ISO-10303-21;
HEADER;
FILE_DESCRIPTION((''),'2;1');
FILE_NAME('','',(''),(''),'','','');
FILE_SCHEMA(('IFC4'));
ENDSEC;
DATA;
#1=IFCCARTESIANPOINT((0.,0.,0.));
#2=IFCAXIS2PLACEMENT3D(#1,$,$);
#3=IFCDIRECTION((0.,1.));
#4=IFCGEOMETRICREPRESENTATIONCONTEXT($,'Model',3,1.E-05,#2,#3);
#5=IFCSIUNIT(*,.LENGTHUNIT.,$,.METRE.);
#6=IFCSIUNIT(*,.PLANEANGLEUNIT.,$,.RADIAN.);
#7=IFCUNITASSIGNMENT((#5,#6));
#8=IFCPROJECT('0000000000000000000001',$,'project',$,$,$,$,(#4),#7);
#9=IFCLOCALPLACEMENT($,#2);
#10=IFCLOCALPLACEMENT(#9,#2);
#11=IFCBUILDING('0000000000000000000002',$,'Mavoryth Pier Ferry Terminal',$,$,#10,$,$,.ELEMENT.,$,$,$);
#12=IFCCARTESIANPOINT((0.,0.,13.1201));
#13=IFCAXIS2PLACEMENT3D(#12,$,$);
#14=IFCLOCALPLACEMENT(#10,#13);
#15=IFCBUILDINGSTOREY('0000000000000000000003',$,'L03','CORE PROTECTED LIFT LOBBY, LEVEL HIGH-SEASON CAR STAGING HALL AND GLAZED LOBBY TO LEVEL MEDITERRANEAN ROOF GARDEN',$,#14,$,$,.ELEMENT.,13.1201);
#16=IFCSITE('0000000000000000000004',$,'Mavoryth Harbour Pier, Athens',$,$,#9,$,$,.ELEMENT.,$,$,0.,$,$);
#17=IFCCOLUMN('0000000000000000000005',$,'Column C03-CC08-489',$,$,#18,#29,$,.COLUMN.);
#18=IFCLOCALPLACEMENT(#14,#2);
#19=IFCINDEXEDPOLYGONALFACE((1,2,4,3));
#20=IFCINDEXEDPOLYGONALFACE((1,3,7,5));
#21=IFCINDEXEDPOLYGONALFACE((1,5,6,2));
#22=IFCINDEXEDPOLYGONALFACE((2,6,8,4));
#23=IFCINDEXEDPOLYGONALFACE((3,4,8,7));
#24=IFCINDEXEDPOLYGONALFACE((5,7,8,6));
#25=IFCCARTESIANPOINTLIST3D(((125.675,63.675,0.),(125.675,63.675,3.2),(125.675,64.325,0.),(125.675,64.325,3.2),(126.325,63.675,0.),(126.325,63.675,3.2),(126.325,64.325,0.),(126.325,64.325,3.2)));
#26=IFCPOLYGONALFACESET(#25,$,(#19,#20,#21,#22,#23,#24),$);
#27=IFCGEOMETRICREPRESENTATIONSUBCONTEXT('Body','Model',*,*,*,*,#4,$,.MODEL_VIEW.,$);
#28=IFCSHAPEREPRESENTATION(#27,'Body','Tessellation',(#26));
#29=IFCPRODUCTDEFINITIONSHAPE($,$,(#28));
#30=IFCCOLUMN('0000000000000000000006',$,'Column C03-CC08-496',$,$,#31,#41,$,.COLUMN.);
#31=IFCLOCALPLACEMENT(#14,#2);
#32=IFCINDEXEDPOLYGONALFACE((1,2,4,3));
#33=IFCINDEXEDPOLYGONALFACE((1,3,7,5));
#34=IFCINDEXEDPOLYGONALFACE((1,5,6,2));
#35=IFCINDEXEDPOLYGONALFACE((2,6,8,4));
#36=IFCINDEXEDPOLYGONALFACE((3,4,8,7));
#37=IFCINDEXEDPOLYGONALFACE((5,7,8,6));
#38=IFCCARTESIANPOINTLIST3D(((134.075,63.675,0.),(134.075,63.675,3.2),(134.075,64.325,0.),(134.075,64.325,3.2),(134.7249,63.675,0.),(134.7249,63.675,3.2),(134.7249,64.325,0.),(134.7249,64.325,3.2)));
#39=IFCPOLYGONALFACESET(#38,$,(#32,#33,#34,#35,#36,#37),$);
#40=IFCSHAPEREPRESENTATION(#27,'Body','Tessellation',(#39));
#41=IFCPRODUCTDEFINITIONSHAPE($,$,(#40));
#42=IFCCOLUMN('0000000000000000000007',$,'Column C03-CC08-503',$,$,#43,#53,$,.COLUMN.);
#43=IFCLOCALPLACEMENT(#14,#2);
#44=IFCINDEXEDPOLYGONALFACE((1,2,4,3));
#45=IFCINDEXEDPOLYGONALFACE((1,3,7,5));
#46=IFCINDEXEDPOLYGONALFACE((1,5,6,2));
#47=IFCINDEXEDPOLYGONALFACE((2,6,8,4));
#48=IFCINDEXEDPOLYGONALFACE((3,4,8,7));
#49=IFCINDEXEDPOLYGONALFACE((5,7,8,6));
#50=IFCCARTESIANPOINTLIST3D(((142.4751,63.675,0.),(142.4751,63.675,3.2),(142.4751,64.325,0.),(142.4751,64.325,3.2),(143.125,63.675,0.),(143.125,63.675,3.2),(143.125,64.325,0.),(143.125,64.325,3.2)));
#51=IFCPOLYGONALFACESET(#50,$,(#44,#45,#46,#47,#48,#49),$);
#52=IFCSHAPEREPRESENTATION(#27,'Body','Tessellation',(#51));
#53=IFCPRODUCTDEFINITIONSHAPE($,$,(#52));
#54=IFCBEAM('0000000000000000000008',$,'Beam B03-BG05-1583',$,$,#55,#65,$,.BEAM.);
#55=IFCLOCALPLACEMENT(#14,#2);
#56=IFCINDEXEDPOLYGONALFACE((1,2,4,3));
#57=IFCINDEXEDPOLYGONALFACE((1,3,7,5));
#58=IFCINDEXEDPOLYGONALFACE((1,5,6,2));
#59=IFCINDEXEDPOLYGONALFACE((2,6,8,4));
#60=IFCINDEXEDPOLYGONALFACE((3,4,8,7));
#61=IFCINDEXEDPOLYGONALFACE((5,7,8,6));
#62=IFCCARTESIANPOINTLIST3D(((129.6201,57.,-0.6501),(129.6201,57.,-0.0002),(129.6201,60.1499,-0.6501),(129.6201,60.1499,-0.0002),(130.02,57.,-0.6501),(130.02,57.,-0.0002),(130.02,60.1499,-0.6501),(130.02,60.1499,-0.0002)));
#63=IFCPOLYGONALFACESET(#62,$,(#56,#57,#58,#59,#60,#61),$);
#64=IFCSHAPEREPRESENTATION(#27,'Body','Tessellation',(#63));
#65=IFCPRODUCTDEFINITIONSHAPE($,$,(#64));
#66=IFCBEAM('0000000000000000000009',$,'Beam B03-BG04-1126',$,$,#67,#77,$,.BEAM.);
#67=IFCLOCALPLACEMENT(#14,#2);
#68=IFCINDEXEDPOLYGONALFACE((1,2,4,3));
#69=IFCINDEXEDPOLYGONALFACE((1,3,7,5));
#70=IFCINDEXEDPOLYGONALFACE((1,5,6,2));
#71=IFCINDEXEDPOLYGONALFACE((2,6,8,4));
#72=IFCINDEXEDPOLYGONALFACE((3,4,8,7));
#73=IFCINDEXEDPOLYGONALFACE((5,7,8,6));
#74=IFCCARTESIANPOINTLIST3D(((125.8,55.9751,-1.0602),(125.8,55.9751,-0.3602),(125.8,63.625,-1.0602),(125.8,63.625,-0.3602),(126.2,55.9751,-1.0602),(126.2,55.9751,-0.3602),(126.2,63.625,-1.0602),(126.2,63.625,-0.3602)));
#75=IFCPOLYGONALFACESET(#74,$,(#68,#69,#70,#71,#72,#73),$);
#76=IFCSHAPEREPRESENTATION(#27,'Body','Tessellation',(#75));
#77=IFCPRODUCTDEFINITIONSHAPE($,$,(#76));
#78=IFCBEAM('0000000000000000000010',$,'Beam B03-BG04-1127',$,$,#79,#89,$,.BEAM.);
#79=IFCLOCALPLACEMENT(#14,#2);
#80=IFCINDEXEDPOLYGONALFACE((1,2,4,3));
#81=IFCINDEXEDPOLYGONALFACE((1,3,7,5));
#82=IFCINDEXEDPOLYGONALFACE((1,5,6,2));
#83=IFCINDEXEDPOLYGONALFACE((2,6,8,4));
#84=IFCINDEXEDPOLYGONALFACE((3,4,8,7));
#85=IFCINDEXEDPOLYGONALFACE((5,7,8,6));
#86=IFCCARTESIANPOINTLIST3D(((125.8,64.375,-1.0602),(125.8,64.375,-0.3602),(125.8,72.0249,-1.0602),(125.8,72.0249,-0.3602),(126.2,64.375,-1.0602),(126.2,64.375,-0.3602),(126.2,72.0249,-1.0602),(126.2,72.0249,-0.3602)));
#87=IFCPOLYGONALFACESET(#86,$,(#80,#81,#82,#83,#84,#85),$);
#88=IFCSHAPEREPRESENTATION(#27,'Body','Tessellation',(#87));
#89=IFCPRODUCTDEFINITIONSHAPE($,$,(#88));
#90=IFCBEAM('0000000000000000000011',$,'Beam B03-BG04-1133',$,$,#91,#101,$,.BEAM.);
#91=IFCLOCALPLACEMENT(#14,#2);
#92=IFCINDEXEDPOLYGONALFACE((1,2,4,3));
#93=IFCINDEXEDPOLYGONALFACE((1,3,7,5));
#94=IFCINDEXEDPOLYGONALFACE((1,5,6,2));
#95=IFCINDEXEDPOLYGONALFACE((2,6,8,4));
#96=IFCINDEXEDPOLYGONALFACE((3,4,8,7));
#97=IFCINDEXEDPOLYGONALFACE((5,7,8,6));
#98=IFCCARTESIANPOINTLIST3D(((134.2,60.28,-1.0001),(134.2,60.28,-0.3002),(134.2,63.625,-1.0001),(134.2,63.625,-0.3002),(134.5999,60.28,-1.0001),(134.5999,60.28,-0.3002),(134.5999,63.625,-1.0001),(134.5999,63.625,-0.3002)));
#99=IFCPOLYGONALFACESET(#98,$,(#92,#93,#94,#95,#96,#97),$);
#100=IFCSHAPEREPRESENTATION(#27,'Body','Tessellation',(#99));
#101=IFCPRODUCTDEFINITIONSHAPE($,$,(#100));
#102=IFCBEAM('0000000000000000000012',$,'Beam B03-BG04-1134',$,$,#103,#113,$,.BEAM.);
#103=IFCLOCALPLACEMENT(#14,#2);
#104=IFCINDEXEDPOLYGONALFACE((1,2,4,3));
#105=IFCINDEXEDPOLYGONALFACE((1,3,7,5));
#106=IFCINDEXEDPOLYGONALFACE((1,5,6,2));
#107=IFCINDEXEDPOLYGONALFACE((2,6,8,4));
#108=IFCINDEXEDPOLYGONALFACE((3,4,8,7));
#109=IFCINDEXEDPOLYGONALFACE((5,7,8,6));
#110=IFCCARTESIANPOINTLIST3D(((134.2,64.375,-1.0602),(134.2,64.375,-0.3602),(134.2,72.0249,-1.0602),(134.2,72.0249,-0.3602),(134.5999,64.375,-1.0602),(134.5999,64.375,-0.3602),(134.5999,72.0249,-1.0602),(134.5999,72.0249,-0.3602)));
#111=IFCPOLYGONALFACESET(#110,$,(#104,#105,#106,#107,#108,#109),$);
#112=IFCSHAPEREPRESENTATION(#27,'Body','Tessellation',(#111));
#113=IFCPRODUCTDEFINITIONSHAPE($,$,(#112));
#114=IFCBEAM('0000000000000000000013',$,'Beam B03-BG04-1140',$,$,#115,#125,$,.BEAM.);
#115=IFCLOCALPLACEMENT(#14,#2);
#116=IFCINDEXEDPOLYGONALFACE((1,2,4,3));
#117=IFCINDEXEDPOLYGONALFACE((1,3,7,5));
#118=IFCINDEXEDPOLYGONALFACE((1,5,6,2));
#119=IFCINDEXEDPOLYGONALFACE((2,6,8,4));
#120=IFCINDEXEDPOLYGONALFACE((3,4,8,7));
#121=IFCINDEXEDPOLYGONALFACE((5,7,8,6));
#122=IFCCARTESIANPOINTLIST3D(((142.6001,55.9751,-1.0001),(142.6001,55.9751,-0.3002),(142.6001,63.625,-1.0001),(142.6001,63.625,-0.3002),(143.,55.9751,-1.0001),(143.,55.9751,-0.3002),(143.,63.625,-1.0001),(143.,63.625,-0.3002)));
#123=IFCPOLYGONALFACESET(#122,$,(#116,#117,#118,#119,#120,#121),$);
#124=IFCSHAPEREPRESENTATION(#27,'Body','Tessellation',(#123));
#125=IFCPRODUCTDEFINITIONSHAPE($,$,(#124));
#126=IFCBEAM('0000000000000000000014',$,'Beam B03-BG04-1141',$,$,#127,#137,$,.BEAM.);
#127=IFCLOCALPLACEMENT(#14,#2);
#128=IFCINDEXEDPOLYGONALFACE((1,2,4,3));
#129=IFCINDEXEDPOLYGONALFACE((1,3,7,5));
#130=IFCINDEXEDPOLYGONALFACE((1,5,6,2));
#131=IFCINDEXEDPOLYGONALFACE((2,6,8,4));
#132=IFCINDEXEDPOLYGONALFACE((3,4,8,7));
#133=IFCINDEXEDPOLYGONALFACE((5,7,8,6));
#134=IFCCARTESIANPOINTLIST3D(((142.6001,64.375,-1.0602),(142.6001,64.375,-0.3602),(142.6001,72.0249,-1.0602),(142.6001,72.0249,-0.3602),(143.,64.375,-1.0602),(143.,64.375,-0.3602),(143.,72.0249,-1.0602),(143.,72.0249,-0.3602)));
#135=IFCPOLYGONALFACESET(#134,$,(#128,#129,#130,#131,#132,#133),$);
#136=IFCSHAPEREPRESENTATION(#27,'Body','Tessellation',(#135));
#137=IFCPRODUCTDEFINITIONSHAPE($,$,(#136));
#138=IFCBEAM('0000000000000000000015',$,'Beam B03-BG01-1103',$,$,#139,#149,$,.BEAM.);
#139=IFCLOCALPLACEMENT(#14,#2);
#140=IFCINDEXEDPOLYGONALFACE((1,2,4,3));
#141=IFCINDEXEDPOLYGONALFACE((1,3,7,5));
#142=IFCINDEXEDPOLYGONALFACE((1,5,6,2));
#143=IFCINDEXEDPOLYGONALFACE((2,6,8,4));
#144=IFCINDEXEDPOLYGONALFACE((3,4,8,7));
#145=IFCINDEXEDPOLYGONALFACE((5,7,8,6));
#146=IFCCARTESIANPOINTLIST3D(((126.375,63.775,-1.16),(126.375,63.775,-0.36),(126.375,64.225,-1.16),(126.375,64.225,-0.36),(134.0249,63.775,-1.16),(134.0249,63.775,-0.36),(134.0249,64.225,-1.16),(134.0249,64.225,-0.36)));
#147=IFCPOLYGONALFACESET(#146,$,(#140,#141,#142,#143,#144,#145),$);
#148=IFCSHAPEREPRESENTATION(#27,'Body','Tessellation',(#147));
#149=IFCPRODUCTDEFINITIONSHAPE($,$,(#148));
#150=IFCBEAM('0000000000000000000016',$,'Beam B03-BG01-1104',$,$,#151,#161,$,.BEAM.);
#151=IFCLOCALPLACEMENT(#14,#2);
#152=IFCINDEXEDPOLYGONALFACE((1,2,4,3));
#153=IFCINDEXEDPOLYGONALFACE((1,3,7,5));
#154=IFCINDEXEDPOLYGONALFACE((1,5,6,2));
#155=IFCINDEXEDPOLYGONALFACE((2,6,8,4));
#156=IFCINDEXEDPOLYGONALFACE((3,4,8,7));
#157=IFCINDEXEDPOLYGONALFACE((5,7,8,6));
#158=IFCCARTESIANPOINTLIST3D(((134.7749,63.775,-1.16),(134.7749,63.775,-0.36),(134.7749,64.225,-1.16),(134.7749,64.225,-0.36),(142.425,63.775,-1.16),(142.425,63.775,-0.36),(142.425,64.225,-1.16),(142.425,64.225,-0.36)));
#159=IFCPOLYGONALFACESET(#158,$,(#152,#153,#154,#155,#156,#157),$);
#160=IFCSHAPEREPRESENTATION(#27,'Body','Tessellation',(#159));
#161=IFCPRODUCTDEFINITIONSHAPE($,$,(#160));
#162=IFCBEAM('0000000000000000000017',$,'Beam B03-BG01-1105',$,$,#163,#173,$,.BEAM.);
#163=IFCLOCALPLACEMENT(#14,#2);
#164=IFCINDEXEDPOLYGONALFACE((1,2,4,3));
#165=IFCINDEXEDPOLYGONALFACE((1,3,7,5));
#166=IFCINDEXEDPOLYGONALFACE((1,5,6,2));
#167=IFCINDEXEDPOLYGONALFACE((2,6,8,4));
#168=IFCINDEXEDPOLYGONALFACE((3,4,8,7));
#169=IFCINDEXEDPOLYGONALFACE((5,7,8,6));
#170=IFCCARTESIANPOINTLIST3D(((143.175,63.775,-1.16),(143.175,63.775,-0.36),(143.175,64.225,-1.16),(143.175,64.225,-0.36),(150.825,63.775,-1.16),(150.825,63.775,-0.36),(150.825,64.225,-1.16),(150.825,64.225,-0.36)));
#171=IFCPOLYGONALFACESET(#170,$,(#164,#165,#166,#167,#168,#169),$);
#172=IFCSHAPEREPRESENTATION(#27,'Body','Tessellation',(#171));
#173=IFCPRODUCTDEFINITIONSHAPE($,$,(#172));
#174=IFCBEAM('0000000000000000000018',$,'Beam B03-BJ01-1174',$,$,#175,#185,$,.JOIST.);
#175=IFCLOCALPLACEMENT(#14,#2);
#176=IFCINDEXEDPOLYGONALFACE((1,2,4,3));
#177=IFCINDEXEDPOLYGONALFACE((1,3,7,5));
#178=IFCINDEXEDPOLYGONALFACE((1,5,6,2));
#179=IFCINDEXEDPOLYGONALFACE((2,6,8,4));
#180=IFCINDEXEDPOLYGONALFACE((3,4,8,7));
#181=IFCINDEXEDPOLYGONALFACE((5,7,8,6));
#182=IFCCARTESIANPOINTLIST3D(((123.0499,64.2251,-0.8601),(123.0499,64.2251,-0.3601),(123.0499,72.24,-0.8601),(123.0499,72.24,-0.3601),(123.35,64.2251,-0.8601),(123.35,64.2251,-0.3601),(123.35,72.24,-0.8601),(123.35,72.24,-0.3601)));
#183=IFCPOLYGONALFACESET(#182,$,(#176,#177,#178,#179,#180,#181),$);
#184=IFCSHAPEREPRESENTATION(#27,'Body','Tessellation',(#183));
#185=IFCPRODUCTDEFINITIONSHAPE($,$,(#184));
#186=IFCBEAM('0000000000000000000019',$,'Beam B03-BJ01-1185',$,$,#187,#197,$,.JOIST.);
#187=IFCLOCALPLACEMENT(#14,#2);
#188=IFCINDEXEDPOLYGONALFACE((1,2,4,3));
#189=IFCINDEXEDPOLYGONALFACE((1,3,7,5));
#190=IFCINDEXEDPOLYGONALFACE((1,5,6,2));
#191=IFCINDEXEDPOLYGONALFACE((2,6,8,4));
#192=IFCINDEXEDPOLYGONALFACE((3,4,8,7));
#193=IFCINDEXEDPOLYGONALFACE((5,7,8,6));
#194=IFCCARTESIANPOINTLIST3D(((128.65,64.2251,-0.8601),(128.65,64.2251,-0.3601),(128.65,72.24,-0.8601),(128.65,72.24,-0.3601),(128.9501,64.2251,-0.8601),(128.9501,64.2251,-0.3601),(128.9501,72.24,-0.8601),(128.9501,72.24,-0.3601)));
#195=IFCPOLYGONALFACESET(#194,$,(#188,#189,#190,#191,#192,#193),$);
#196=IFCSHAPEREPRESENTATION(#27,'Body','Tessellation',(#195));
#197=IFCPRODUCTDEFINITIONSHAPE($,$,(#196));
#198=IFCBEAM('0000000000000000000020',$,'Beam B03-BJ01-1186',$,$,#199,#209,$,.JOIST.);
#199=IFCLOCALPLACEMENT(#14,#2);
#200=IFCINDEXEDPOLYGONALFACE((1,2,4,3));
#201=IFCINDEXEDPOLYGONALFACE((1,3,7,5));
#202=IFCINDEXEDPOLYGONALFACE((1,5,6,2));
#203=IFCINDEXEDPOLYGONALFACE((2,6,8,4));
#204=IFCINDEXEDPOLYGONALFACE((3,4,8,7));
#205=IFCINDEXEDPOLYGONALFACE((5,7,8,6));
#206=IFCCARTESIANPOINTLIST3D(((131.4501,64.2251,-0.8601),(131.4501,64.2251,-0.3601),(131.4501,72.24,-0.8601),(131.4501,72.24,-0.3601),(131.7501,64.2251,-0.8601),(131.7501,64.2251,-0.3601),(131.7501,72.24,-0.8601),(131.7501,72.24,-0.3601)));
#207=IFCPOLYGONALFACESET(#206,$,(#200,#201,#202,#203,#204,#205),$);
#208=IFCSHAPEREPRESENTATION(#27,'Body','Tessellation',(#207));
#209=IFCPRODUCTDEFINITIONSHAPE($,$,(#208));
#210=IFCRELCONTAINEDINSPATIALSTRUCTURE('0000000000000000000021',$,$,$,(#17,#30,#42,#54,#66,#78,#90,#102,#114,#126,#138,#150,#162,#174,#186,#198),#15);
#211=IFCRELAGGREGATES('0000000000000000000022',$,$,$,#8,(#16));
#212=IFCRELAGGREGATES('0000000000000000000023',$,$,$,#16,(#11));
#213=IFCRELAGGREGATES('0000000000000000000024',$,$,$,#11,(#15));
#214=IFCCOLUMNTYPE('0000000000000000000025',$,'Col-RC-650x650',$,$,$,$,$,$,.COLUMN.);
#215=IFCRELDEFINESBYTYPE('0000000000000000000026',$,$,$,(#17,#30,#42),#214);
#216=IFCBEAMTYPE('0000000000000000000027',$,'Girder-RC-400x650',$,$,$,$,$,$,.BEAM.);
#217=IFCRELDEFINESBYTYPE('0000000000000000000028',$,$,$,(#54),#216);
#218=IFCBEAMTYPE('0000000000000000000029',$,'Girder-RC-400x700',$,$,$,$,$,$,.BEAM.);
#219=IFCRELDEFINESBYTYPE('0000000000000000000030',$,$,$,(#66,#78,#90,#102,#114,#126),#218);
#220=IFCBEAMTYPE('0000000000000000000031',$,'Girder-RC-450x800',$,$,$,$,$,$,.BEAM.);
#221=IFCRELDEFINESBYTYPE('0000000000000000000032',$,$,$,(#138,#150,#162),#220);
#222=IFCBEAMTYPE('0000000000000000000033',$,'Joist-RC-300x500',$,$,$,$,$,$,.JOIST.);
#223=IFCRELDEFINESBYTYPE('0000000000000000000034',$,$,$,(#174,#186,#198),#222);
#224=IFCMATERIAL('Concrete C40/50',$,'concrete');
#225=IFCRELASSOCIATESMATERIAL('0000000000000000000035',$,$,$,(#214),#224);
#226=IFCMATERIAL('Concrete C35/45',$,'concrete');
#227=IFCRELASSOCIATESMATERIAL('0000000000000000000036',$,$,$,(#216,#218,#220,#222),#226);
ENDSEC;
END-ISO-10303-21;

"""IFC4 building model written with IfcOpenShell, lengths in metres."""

from ifc_helpers import new_model, si_unit, direction, frame, origin, origin_2d, place, context, subcontext, project, spatial, rectangle, extrude, material, material_profile, profile_set, type_object, element, save


model = new_model("IFC4")

# Units and contexts
model_context = context("Model", 3, precision=1e-05, world=origin(), true_north=direction((0.0, 1.0)))
body_context = subcontext(model_context, "Body", "Model", "MODEL_VIEW")
ifc_project = project(units=[si_unit("LENGTHUNIT", "METRE"), si_unit("PLANEANGLEUNIT", "RADIAN")], contexts=[model_context])

# Site, building, storey
site_placement = place(None, origin())
site = spatial("IfcSite", under=ifc_project, at=site_placement, Name="Mavoryth Harbour Pier, Athens", CompositionType="ELEMENT", RefElevation=0.0)
building_placement = place(site_placement, origin())
building = spatial("IfcBuilding", under=site, at=building_placement, Name="Mavoryth Pier Ferry Terminal", CompositionType="ELEMENT")
storey_placement = place(building_placement, frame((0.0, 0.0, 13.1201)))
storey = spatial("IfcBuildingStorey", under=building, at=storey_placement, Name="L03", Description="CORE PROTECTED LIFT LOBBY, LEVEL HIGH-SEASON CAR STAGING HALL AND GLAZED LOBBY TO LEVEL MEDITERRANEAN ROOF GARDEN", CompositionType="ELEMENT", Elevation=13.1201)

# Columns
ifc_material_1 = material(Name="Concrete C40/50", Category="concrete")
ifc_material_profile_1 = material_profile(ifc_material_1, rectangle(XDim=0.6499, YDim=0.6499, at=origin_2d()), Name="RC 650x650", Category="concrete")
ifc_profile_set_1 = profile_set([ifc_material_profile_1], Name="Concrete C40/50 - RC 650x650")
column_type = type_object("IfcColumnType", Name="Col-RC-650x650", PredefinedType="COLUMN", material=ifc_profile_set_1)
for number, where, z_axis, x_axis, name in (
    (1, (126.0, 64.0, 0.0), (0.0, 0.0, 1.0), (1.0, 0.0, 0.0), "Column C03-CC08-489"),
    (2, (134.3999, 64.0, 0.0), (0.0, 0.0, 1.0), (1.0, 0.0, 0.0), "Column C03-CC08-496"),
    (3, (142.8, 64.0, 0.0), (0.0, 0.0, 1.0), (1.0, 0.0, 0.0), "Column C03-CC08-503"),
):
    element("IfcColumn", number, at=place(storey_placement, frame(where, z_axis=z_axis, x_axis=x_axis)), inside=storey, type_object=column_type, Name=name, PredefinedType="COLUMN", context=body_context, shape_type="SweptSolid", body=[
        extrude(rectangle(XDim=0.6499, YDim=0.6499, at=origin_2d()), origin(), (0.0, 0.0, 1.0), 3.2),
    ])

# Beams
ifc_material_2 = material(Name="Concrete C35/45", Category="concrete")
ifc_material_profile_2 = material_profile(ifc_material_2, rectangle(XDim=0.3999, YDim=0.6499, at=origin_2d()), Name="RC 400x650", Category="concrete")
ifc_profile_set_2 = profile_set([ifc_material_profile_2], Name="Concrete C35/45 - RC 400x650")
beam_type_1 = type_object("IfcBeamType", Name="Girder-RC-400x650", PredefinedType="BEAM", material=ifc_profile_set_2)
beam_1_placement = place(storey_placement, frame((129.8201, 57.0, -0.3252), z_axis=(0.0, 1.0, 0.0), x_axis=(-1.0, 0.0, 0.0)))
element("IfcBeam", 4, at=beam_1_placement, inside=storey, type_object=beam_type_1, Name="Beam B03-BG05-1583", PredefinedType="BEAM", context=body_context, shape_type="SweptSolid", body=[
    extrude(rectangle(XDim=0.3999, YDim=0.6499, at=origin_2d()), origin(), (0.0, 0.0, 1.0), 3.1499),
])
ifc_material_profile_3 = material_profile(ifc_material_2, rectangle(XDim=0.3999, YDim=0.7, at=origin_2d()), Name="RC 400x700", Category="concrete")
ifc_profile_set_3 = profile_set([ifc_material_profile_3], Name="Concrete C35/45 - RC 400x700")
beam_type_2 = type_object("IfcBeamType", Name="Girder-RC-400x700", PredefinedType="BEAM", material=ifc_profile_set_3)
for number, where, z_axis, x_axis, name in (
    (5, (126.0, 55.9751, -0.7102), (0.0, 1.0, 0.0), (-1.0, 0.0, 0.0), "Beam B03-BG04-1126"),
    (6, (126.0, 64.375, -0.7102), (0.0, 1.0, 0.0), (-1.0, 0.0, 0.0), "Beam B03-BG04-1127"),
):
    element("IfcBeam", number, at=place(storey_placement, frame(where, z_axis=z_axis, x_axis=x_axis)), inside=storey, type_object=beam_type_2, Name=name, PredefinedType="BEAM", context=body_context, shape_type="SweptSolid", body=[
        extrude(rectangle(XDim=0.3999, YDim=0.7, at=origin_2d()), origin(), (0.0, 0.0, 1.0), 7.6499),
    ])
beam_2_placement = place(storey_placement, frame((134.3999, 60.28, -0.6501), z_axis=(0.0, 1.0, 0.0), x_axis=(-1.0, 0.0, 0.0)))
element("IfcBeam", 7, at=beam_2_placement, inside=storey, type_object=beam_type_2, Name="Beam B03-BG04-1133", PredefinedType="BEAM", context=body_context, shape_type="SweptSolid", body=[
    extrude(rectangle(XDim=0.3999, YDim=0.7, at=origin_2d()), origin(), (0.0, 0.0, 1.0), 3.345),
])
for number, where, z_axis, x_axis, name in (
    (8, (134.3999, 64.375, -0.7102), (0.0, 1.0, 0.0), (-1.0, 0.0, 0.0), "Beam B03-BG04-1134"),
    (9, (142.8, 55.9751, -0.6501), (0.0, 1.0, 0.0), (-1.0, 0.0, 0.0), "Beam B03-BG04-1140"),
    (10, (142.8, 64.375, -0.7102), (0.0, 1.0, 0.0), (-1.0, 0.0, 0.0), "Beam B03-BG04-1141"),
):
    element("IfcBeam", number, at=place(storey_placement, frame(where, z_axis=z_axis, x_axis=x_axis)), inside=storey, type_object=beam_type_2, Name=name, PredefinedType="BEAM", context=body_context, shape_type="SweptSolid", body=[
        extrude(rectangle(XDim=0.3999, YDim=0.7, at=origin_2d()), origin(), (0.0, 0.0, 1.0), 7.6499),
    ])
ifc_material_profile_4 = material_profile(ifc_material_2, rectangle(XDim=0.45, YDim=0.8, at=origin_2d()), Name="RC 450x800", Category="concrete")
ifc_profile_set_4 = profile_set([ifc_material_profile_4], Name="Concrete C35/45 - RC 450x800")
beam_type_3 = type_object("IfcBeamType", Name="Girder-RC-450x800", PredefinedType="BEAM", material=ifc_profile_set_4)
beam_3_placement = place(storey_placement, frame((126.375, 64.0, -0.76), z_axis=(1.0, 0.0, 0.0), x_axis=(0.0, 1.0, 0.0)))
element("IfcBeam", 11, at=beam_3_placement, inside=storey, type_object=beam_type_3, Name="Beam B03-BG01-1103", PredefinedType="BEAM", context=body_context, shape_type="SweptSolid", body=[
    extrude(rectangle(XDim=0.45, YDim=0.8, at=origin_2d()), origin(), (0.0, 0.0, 1.0), 7.6499),
])
beam_4_placement = place(storey_placement, frame((134.7749, 64.0, -0.76), z_axis=(1.0, 0.0, 0.0), x_axis=(0.0, 1.0, 0.0)))
element("IfcBeam", 12, at=beam_4_placement, inside=storey, type_object=beam_type_3, Name="Beam B03-BG01-1104", PredefinedType="BEAM", context=body_context, shape_type="SweptSolid", body=[
    extrude(rectangle(XDim=0.45, YDim=0.8, at=origin_2d()), origin(), (0.0, 0.0, 1.0), 7.6501),
])
beam_5_placement = place(storey_placement, frame((143.175, 64.0, -0.76), z_axis=(1.0, 0.0, 0.0), x_axis=(0.0, 1.0, 0.0)))
element("IfcBeam", 13, at=beam_5_placement, inside=storey, type_object=beam_type_3, Name="Beam B03-BG01-1105", PredefinedType="BEAM", context=body_context, shape_type="SweptSolid", body=[
    extrude(rectangle(XDim=0.45, YDim=0.8, at=origin_2d()), origin(), (0.0, 0.0, 1.0), 7.6499),
])
ifc_material_profile_5 = material_profile(ifc_material_2, rectangle(XDim=0.3, YDim=0.5, at=origin_2d()), Name="RC 300x500", Category="concrete")
ifc_profile_set_5 = profile_set([ifc_material_profile_5], Name="Concrete C35/45 - RC 300x500")
beam_type_4 = type_object("IfcBeamType", Name="Joist-RC-300x500", PredefinedType="JOIST", material=ifc_profile_set_5)
for number, where, z_axis, x_axis, name in (
    (14, (123.2, 64.2251, -0.6101), (0.0, 1.0, 0.0), (-1.0, 0.0, 0.0), "Beam B03-BJ01-1174"),
    (15, (128.8, 64.2251, -0.6101), (0.0, 1.0, 0.0), (-1.0, 0.0, 0.0), "Beam B03-BJ01-1185"),
    (16, (131.6001, 64.2251, -0.6101), (0.0, 1.0, 0.0), (-1.0, 0.0, 0.0), "Beam B03-BJ01-1186"),
):
    element("IfcBeam", number, at=place(storey_placement, frame(where, z_axis=z_axis, x_axis=x_axis)), inside=storey, type_object=beam_type_4, Name=name, PredefinedType="JOIST", context=body_context, shape_type="SweptSolid", body=[
        extrude(rectangle(XDim=0.3, YDim=0.5, at=origin_2d()), origin(), (0.0, 0.0, 1.0), 8.0149),
    ])

save(model, "model.ifc")
